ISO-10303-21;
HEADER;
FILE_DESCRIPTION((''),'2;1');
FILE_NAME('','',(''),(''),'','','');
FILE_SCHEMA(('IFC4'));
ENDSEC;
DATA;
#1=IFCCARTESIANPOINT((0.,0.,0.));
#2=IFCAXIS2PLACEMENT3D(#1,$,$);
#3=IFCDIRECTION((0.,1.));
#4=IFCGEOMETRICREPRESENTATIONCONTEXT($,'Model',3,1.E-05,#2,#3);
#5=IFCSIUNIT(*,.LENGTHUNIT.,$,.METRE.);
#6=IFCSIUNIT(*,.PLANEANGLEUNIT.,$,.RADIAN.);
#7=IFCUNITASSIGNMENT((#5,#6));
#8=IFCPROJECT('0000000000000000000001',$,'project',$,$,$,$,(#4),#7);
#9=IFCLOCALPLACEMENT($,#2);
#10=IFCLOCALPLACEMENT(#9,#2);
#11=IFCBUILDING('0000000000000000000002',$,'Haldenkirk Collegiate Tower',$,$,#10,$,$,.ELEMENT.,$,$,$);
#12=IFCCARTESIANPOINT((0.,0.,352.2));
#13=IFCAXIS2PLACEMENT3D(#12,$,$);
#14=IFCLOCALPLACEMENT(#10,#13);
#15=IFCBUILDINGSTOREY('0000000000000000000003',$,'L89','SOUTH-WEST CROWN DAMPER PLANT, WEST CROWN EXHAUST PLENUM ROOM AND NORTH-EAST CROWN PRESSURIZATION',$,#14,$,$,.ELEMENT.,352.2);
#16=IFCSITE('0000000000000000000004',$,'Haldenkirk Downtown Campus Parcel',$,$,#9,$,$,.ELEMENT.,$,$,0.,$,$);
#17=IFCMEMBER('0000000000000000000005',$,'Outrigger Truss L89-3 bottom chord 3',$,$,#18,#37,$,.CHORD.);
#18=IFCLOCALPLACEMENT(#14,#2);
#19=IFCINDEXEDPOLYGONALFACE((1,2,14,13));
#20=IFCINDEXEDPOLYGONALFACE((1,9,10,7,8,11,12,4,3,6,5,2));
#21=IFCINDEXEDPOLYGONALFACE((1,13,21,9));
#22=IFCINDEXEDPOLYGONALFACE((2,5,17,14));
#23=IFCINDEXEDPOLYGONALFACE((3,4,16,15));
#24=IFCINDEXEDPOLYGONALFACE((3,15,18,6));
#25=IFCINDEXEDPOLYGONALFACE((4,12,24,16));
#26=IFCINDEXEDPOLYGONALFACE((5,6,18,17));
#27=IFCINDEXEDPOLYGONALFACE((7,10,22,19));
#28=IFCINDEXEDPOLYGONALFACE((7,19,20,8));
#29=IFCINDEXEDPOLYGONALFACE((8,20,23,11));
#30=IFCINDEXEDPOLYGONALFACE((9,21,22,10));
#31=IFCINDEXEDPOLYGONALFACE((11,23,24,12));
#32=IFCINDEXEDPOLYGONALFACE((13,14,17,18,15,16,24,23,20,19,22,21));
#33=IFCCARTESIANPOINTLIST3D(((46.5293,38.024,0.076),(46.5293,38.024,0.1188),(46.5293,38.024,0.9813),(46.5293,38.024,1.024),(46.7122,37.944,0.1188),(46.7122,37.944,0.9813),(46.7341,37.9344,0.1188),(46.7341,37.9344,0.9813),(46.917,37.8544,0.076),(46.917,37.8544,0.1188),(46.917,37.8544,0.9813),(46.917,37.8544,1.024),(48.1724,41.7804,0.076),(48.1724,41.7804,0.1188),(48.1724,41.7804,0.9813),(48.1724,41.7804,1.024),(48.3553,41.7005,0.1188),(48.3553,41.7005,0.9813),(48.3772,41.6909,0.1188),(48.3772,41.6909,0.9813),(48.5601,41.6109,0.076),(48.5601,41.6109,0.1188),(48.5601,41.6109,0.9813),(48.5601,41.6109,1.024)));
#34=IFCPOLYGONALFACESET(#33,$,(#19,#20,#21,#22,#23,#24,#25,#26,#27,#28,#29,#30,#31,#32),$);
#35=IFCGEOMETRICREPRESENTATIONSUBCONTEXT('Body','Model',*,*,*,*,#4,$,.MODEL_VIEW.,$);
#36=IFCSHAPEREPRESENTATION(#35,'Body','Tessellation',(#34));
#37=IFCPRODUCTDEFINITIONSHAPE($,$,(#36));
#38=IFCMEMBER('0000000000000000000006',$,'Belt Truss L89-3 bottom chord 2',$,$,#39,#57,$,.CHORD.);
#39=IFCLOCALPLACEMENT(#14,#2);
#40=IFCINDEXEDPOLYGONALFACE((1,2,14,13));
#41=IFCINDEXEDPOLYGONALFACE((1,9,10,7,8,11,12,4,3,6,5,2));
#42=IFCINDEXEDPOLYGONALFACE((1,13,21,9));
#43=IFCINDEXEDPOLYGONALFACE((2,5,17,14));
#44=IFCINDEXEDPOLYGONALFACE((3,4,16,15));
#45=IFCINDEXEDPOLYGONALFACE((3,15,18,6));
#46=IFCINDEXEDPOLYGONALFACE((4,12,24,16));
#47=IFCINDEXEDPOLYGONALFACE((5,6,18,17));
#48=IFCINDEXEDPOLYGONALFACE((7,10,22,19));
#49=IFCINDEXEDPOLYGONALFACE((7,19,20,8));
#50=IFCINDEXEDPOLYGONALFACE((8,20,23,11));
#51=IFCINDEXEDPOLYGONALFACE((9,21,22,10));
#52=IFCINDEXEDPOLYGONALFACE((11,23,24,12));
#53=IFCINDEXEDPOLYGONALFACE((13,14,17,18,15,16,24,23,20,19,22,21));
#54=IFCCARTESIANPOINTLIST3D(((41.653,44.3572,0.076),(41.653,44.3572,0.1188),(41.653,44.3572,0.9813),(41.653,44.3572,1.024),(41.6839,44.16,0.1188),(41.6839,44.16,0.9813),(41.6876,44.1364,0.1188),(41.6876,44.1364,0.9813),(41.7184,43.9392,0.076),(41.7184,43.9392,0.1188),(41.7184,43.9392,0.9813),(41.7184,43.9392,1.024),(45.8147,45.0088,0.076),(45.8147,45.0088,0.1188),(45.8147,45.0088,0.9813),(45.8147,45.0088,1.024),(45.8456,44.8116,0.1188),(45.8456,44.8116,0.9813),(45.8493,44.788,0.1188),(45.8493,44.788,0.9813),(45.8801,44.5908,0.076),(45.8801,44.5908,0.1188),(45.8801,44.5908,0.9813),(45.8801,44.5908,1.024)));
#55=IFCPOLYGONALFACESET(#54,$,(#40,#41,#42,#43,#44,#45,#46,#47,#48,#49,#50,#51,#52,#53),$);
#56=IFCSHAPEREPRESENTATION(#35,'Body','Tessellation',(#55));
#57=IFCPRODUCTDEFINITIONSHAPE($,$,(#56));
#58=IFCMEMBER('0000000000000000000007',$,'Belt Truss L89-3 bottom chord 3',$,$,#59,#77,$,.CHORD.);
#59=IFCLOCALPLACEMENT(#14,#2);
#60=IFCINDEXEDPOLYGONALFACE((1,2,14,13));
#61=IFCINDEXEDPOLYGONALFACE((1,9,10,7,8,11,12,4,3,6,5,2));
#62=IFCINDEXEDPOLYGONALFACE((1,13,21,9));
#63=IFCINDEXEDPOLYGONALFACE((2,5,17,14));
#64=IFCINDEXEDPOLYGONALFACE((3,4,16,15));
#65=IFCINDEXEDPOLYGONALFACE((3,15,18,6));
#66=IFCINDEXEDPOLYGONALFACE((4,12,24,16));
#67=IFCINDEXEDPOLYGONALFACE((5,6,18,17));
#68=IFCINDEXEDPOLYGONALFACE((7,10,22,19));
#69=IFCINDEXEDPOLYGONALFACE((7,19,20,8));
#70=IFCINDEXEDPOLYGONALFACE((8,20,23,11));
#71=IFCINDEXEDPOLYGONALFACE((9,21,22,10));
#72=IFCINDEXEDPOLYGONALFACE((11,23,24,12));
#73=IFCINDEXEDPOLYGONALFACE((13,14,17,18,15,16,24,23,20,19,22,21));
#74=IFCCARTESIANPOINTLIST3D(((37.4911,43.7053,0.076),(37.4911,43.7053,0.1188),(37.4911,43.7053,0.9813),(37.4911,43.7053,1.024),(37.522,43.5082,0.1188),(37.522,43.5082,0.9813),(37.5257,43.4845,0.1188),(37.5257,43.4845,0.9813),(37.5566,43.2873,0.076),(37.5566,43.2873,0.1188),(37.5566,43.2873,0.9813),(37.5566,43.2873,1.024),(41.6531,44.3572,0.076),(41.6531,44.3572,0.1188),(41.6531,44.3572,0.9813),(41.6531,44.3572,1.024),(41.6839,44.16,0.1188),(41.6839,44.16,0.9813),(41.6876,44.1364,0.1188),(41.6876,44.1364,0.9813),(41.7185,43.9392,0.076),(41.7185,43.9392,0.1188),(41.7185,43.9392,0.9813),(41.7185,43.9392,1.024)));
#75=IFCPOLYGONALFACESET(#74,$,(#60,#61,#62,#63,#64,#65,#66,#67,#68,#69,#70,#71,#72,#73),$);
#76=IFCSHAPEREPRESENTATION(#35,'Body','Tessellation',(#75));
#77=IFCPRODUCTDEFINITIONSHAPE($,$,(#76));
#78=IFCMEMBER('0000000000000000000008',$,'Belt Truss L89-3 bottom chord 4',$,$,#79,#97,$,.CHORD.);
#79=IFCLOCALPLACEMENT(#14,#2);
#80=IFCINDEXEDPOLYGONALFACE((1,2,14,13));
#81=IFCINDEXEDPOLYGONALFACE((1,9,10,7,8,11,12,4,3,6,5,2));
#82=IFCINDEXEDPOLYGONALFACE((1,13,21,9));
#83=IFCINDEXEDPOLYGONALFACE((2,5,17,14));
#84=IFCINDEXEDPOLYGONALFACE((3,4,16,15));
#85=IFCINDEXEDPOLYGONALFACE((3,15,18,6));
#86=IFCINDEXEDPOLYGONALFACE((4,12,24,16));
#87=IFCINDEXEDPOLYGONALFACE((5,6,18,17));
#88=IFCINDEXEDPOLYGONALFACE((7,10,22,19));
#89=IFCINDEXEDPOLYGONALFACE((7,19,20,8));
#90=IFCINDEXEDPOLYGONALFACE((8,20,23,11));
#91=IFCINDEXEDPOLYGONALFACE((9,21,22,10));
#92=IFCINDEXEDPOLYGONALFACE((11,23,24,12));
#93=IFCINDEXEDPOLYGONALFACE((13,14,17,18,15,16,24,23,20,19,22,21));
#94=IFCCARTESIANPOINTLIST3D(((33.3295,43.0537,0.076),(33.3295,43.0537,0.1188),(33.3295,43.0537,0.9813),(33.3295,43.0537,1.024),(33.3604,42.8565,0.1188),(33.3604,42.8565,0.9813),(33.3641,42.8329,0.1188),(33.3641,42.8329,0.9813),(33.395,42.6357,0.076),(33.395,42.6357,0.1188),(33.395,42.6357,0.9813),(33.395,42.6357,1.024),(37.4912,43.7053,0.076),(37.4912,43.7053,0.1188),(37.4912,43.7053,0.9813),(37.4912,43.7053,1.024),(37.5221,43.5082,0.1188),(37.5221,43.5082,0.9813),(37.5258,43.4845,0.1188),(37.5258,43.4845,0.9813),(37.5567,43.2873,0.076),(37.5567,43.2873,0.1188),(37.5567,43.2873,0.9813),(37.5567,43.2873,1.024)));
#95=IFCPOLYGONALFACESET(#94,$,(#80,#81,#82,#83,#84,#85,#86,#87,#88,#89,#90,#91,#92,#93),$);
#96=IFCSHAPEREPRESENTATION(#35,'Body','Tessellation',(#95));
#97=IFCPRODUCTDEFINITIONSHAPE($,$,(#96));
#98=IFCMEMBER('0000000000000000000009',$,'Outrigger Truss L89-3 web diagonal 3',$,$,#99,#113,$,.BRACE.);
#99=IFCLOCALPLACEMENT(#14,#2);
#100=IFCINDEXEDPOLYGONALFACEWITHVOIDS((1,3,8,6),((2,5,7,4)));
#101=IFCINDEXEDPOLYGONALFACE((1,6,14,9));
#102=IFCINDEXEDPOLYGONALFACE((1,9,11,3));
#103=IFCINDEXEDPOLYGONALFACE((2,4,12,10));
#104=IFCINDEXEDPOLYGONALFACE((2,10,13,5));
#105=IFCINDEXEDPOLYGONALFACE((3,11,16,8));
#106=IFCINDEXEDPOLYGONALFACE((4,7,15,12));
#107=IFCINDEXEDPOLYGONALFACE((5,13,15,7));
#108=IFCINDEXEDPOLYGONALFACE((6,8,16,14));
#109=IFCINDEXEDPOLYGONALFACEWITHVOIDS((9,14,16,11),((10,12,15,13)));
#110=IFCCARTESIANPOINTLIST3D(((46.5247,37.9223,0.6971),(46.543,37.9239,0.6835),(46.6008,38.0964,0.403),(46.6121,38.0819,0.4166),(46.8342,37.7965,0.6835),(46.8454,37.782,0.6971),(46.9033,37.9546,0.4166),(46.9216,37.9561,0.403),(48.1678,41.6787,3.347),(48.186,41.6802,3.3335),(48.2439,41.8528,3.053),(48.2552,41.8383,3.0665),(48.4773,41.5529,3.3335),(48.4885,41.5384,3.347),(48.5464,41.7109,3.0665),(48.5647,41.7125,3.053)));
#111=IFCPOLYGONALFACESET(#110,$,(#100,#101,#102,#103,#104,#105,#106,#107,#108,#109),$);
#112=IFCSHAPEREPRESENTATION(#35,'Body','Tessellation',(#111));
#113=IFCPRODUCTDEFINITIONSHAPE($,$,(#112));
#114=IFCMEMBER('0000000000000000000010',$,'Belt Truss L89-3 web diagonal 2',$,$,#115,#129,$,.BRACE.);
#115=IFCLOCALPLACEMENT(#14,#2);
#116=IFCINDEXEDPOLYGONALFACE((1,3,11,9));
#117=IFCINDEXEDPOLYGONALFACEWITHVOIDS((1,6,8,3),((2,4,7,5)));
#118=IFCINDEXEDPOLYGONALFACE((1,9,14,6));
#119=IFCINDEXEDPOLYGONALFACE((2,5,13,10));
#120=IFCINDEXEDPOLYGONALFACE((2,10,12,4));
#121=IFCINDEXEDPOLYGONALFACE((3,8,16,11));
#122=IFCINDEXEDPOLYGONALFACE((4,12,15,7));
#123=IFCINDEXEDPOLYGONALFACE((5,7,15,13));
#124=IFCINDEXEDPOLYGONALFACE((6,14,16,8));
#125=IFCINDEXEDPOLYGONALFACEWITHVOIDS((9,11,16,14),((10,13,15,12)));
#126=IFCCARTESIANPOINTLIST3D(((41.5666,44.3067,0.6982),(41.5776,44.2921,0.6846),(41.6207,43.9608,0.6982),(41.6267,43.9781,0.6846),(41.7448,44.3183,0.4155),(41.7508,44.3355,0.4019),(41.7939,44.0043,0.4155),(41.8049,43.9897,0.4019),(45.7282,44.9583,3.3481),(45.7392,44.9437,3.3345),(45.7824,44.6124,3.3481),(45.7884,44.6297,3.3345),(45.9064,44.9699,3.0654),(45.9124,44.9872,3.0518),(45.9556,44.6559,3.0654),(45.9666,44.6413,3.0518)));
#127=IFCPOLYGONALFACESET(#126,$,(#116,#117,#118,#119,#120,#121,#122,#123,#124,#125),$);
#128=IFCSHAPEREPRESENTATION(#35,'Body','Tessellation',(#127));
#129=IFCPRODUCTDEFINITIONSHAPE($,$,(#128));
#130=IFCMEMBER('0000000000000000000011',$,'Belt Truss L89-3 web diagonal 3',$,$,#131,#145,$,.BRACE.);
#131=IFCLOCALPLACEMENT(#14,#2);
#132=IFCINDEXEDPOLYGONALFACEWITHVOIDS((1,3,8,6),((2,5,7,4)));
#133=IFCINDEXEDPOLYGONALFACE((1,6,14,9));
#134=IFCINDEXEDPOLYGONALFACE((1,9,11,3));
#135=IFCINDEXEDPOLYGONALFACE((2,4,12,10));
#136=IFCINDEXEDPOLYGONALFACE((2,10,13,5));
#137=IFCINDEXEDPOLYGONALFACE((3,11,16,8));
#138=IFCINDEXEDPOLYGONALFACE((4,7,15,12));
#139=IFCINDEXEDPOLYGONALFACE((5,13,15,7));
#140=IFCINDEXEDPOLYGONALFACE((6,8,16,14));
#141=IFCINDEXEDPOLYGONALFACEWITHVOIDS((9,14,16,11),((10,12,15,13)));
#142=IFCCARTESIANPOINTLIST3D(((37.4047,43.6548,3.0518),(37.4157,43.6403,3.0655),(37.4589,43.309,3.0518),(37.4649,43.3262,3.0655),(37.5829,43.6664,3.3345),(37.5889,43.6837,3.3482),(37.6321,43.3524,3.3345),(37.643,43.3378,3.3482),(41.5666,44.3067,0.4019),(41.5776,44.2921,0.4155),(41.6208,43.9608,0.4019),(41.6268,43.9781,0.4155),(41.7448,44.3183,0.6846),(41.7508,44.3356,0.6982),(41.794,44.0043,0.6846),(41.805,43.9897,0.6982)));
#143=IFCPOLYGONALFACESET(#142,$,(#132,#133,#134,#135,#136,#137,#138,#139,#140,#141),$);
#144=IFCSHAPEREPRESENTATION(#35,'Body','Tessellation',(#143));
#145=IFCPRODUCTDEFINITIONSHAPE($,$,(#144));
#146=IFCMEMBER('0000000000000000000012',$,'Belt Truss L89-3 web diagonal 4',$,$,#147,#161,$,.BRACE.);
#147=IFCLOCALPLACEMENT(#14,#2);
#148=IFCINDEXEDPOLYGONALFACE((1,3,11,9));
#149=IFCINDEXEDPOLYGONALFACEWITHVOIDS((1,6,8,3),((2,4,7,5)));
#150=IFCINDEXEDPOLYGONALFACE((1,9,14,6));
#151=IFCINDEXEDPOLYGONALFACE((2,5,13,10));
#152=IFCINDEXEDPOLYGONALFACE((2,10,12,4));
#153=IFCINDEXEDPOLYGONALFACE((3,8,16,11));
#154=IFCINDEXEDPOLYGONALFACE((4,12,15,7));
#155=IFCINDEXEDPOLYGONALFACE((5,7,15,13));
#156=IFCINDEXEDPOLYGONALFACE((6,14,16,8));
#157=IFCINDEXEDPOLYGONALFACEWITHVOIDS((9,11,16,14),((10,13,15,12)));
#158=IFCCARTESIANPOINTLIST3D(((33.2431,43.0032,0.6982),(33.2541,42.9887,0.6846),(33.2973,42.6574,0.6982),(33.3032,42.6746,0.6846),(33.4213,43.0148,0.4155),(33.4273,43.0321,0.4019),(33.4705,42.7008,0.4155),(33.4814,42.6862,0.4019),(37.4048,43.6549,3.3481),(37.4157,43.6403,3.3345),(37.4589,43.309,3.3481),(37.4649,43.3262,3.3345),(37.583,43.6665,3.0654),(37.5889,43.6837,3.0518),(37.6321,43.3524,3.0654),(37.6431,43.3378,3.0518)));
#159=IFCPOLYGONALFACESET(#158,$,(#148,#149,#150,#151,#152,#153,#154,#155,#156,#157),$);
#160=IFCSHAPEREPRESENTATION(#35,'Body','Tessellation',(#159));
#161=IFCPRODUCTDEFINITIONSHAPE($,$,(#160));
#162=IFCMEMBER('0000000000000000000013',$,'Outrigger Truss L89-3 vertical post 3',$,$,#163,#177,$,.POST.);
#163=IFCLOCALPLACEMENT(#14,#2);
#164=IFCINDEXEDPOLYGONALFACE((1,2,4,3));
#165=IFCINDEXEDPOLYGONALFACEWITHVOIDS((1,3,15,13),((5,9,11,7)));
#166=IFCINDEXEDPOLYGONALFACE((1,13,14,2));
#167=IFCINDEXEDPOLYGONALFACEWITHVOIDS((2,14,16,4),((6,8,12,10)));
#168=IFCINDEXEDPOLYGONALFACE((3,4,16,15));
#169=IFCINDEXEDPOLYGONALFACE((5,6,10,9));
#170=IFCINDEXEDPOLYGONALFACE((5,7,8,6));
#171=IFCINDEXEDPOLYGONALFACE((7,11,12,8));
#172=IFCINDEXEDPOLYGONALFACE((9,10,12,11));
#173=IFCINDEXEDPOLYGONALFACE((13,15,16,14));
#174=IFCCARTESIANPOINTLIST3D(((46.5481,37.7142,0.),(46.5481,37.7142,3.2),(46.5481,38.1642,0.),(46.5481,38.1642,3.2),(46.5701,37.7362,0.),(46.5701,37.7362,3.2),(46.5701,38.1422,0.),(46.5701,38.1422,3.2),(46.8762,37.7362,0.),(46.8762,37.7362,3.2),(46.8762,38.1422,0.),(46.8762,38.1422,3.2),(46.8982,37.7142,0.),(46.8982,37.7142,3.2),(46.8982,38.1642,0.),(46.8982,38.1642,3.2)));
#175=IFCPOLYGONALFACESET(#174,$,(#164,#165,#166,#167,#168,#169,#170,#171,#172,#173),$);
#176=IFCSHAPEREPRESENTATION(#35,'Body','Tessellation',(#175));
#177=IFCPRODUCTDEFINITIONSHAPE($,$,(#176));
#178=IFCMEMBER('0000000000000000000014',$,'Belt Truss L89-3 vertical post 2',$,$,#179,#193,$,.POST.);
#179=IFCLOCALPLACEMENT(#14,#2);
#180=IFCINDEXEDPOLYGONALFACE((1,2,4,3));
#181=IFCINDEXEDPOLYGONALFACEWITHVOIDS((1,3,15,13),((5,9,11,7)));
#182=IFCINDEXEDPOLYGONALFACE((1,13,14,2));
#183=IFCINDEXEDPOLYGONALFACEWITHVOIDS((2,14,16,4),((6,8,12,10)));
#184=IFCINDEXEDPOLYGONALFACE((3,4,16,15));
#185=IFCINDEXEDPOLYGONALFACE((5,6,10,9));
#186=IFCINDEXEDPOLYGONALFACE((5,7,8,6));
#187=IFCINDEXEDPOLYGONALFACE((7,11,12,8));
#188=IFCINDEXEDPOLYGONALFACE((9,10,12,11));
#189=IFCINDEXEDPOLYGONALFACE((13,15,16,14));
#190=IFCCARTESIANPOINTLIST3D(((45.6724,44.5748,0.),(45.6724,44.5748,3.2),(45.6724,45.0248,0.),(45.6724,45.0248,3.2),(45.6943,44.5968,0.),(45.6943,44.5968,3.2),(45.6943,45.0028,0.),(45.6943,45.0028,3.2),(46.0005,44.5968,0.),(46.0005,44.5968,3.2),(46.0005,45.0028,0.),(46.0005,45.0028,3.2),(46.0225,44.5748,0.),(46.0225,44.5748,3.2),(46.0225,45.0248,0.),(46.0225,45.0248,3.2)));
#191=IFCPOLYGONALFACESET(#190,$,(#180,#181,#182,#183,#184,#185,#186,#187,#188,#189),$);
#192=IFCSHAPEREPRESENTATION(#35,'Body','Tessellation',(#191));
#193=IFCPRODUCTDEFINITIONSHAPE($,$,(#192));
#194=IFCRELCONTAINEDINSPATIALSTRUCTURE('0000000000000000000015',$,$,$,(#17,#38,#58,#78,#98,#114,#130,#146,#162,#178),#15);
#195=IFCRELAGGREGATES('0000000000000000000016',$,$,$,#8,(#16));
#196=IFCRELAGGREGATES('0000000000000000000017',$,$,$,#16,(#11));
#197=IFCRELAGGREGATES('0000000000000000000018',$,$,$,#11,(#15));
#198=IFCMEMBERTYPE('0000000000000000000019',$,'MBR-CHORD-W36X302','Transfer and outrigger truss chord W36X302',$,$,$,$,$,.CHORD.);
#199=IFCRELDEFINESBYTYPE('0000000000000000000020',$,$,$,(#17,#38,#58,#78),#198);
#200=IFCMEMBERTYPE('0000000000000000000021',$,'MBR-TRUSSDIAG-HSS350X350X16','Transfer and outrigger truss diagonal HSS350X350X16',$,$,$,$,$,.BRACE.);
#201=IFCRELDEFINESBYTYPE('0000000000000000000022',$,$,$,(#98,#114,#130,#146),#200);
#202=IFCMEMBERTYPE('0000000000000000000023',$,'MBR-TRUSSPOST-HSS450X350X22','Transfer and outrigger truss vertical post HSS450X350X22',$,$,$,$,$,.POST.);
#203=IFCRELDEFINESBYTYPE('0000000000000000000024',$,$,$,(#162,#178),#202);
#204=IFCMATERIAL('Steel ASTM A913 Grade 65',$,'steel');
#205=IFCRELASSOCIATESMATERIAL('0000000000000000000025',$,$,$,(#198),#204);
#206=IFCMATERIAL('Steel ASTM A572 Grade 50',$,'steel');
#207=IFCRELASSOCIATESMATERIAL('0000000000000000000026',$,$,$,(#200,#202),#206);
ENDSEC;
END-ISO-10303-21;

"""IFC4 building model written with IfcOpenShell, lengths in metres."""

from ifc_helpers import new_model, si_unit, direction, frame, origin, origin_2d, place, context, subcontext, project, spatial, hollow_rectangle, i_section, extrude, material, material_profile, profile_set, type_object, element, save


model = new_model("IFC4")

# Units and contexts
model_context = context("Model", 3, precision=1e-05, world=origin(), true_north=direction((0.0, 1.0)))
body_context = subcontext(model_context, "Body", "Model", "MODEL_VIEW")
ifc_project = project(units=[si_unit("LENGTHUNIT", "METRE"), si_unit("PLANEANGLEUNIT", "RADIAN")], contexts=[model_context])

# Site, building, storey
site_placement = place(None, origin())
site = spatial("IfcSite", under=ifc_project, at=site_placement, Name="Haldenkirk Downtown Campus Parcel", CompositionType="ELEMENT", RefElevation=0.0)
building_placement = place(site_placement, origin())
building = spatial("IfcBuilding", under=site, at=building_placement, Name="Haldenkirk Collegiate Tower", CompositionType="ELEMENT")
storey_placement = place(building_placement, frame((0.0, 0.0, 352.2)))
storey = spatial("IfcBuildingStorey", under=building, at=storey_placement, Name="L89", Description="SOUTH-WEST CROWN DAMPER PLANT, WEST CROWN EXHAUST PLENUM ROOM AND NORTH-EAST CROWN PRESSURIZATION", CompositionType="ELEMENT", Elevation=352.2)

# Shared definitions
ifc_material_1 = material(Name="Steel ASTM A913 Grade 65", Category="steel")

# Members
ifc_material_2 = material(Name="Steel ASTM A572 Grade 50", Category="steel")
ifc_material_profile_1 = material_profile(ifc_material_1, i_section(OverallWidth=0.4231, OverallDepth=0.948, WebThickness=0.0239, FlangeThickness=0.0427, at=origin_2d()), Name="W36X302")
ifc_profile_set_1 = profile_set([ifc_material_profile_1], Name="Steel ASTM A913 Grade 65")
member_type_1 = type_object("IfcMemberType", Name="MBR-CHORD-W36X302", Description="Transfer and outrigger truss chord W36X302", PredefinedType="CHORD", material=ifc_profile_set_1)
member_1_placement = place(storey_placement, frame((46.7231, 37.9392, 0.55), z_axis=(0.40075, 0.916187, 0.0), x_axis=(-0.916187, 0.40075, 0.0)))
element("IfcMember", 1, at=member_1_placement, inside=storey, type_object=member_type_1, Name="Outrigger Truss L89-3 bottom chord 3", PredefinedType="CHORD", context=body_context, shape_type="SweptSolid", body=[
    extrude(i_section(OverallWidth=0.4231, OverallDepth=0.948, WebThickness=0.0239, FlangeThickness=0.0427, at=origin_2d()), origin(), (0.0, 0.0, 1.0), 4.1001),
])
member_2_placement = place(storey_placement, frame((45.8474, 44.7998, 0.55), z_axis=(-0.987963, -0.154692, 0.0), x_axis=(0.154692, -0.987963, 0.0)))
element("IfcMember", 2, at=member_2_placement, inside=storey, type_object=member_type_1, Name="Belt Truss L89-3 bottom chord 2", PredefinedType="CHORD", context=body_context, shape_type="SweptSolid", body=[
    extrude(i_section(OverallWidth=0.4231, OverallDepth=0.948, WebThickness=0.0239, FlangeThickness=0.0427, at=origin_2d()), origin(), (0.0, 0.0, 1.0), 4.2124),
])
member_3_placement = place(storey_placement, frame((41.6858, 44.1482, 0.55), z_axis=(-0.987955, -0.154739, 0.0), x_axis=(0.154739, -0.987955, 0.0)))
element("IfcMember", 3, at=member_3_placement, inside=storey, type_object=member_type_1, Name="Belt Truss L89-3 bottom chord 3", PredefinedType="CHORD", context=body_context, shape_type="SweptSolid", body=[
    extrude(i_section(OverallWidth=0.4231, OverallDepth=0.948, WebThickness=0.0239, FlangeThickness=0.0427, at=origin_2d()), origin(), (0.0, 0.0, 1.0), 4.2126),
])
member_4_placement = place(storey_placement, frame((37.5239, 43.4963, 0.55), z_axis=(-0.987963, -0.154692, 0.0), x_axis=(0.154692, -0.987963, 0.0)))
element("IfcMember", 4, at=member_4_placement, inside=storey, type_object=member_type_1, Name="Belt Truss L89-3 bottom chord 4", PredefinedType="CHORD", context=body_context, shape_type="SweptSolid", body=[
    extrude(i_section(OverallWidth=0.4231, OverallDepth=0.948, WebThickness=0.0239, FlangeThickness=0.0427, at=origin_2d()), origin(), (0.0, 0.0, 1.0), 4.2124),
])
ifc_material_profile_2 = material_profile(ifc_material_2, hollow_rectangle(XDim=0.3501, YDim=0.3501, WallThickness=0.0161, at=origin_2d()), Name="HSS350X350X16")
ifc_profile_set_2 = profile_set([ifc_material_profile_2], Name="Steel ASTM A572 Grade 50")
member_type_2 = type_object("IfcMemberType", Name="MBR-TRUSSDIAG-HSS350X350X16", Description="Transfer and outrigger truss diagonal HSS350X350X16", PredefinedType="BRACE", material=ifc_profile_set_2)
member_5_placement = place(storey_placement, frame((46.7231, 37.9392, 0.55), z_axis=(0.336571, 0.769462, 0.542815), x_axis=(-0.916187, 0.40075, 0.0)))
element("IfcMember", 5, at=member_5_placement, inside=storey, type_object=member_type_2, Name="Outrigger Truss L89-3 web diagonal 3", PredefinedType="BRACE", context=body_context, shape_type="SweptSolid", body=[
    extrude(hollow_rectangle(XDim=0.3501, YDim=0.3501, WallThickness=0.0161, at=origin_2d()), origin(), (0.0, 0.0, 1.0), 4.8818),
])
member_6_placement = place(storey_placement, frame((45.8474, 44.7998, 3.2), z_axis=(-0.836253, -0.130937, -0.532482), x_axis=(0.154692, -0.987963, 0.0)))
element("IfcMember", 6, at=member_6_placement, inside=storey, type_object=member_type_2, Name="Belt Truss L89-3 web diagonal 2", PredefinedType="BRACE", context=body_context, shape_type="SweptSolid", body=[
    extrude(hollow_rectangle(XDim=0.3501, YDim=0.3501, WallThickness=0.0161, at=origin_2d()), origin(), (0.0, 0.0, 1.0), 4.9766),
])
member_7_placement = place(storey_placement, frame((41.6858, 44.1482, 0.55), z_axis=(-0.836262, -0.13098, 0.532457), x_axis=(0.154739, -0.987955, 0.0)))
element("IfcMember", 7, at=member_7_placement, inside=storey, type_object=member_type_2, Name="Belt Truss L89-3 web diagonal 3", PredefinedType="BRACE", context=body_context, shape_type="SweptSolid", body=[
    extrude(hollow_rectangle(XDim=0.3501, YDim=0.3501, WallThickness=0.0161, at=origin_2d()), origin(), (0.0, 0.0, 1.0), 4.9768),
])
member_8_placement = place(storey_placement, frame((37.5239, 43.4963, 3.2), z_axis=(-0.836253, -0.130937, -0.532482), x_axis=(0.154692, -0.987963, 0.0)))
element("IfcMember", 8, at=member_8_placement, inside=storey, type_object=member_type_2, Name="Belt Truss L89-3 web diagonal 4", PredefinedType="BRACE", context=body_context, shape_type="SweptSolid", body=[
    extrude(hollow_rectangle(XDim=0.3501, YDim=0.3501, WallThickness=0.0161, at=origin_2d()), origin(), (0.0, 0.0, 1.0), 4.9766),
])
ifc_material_profile_3 = material_profile(ifc_material_2, hollow_rectangle(XDim=0.3501, YDim=0.45, WallThickness=0.022, at=origin_2d()), Name="HSS450X350X22")
ifc_profile_set_3 = profile_set([ifc_material_profile_3], Name="Steel ASTM A572 Grade 50")
member_type_3 = type_object("IfcMemberType", Name="MBR-TRUSSPOST-HSS450X350X22", Description="Transfer and outrigger truss vertical post HSS450X350X22", PredefinedType="POST", material=ifc_profile_set_3)
for number, where, z_axis, x_axis, name in (
    (9, (46.7231, 37.9392, 0.0), (0.0, 0.0, 1.0), (1.0, 0.0, 0.0), "Outrigger Truss L89-3 vertical post 3"),
    (10, (45.8474, 44.7998, 0.0), (0.0, 0.0, 1.0), (1.0, 0.0, 0.0), "Belt Truss L89-3 vertical post 2"),
):
    element("IfcMember", number, at=place(storey_placement, frame(where, z_axis=z_axis, x_axis=x_axis)), inside=storey, type_object=member_type_3, Name=name, PredefinedType="POST", context=body_context, shape_type="SweptSolid", body=[
        extrude(hollow_rectangle(XDim=0.3501, YDim=0.45, WallThickness=0.022, at=origin_2d()), origin(), (0.0, 0.0, 1.0), 3.2),
    ])

save(model, "model.ifc")
